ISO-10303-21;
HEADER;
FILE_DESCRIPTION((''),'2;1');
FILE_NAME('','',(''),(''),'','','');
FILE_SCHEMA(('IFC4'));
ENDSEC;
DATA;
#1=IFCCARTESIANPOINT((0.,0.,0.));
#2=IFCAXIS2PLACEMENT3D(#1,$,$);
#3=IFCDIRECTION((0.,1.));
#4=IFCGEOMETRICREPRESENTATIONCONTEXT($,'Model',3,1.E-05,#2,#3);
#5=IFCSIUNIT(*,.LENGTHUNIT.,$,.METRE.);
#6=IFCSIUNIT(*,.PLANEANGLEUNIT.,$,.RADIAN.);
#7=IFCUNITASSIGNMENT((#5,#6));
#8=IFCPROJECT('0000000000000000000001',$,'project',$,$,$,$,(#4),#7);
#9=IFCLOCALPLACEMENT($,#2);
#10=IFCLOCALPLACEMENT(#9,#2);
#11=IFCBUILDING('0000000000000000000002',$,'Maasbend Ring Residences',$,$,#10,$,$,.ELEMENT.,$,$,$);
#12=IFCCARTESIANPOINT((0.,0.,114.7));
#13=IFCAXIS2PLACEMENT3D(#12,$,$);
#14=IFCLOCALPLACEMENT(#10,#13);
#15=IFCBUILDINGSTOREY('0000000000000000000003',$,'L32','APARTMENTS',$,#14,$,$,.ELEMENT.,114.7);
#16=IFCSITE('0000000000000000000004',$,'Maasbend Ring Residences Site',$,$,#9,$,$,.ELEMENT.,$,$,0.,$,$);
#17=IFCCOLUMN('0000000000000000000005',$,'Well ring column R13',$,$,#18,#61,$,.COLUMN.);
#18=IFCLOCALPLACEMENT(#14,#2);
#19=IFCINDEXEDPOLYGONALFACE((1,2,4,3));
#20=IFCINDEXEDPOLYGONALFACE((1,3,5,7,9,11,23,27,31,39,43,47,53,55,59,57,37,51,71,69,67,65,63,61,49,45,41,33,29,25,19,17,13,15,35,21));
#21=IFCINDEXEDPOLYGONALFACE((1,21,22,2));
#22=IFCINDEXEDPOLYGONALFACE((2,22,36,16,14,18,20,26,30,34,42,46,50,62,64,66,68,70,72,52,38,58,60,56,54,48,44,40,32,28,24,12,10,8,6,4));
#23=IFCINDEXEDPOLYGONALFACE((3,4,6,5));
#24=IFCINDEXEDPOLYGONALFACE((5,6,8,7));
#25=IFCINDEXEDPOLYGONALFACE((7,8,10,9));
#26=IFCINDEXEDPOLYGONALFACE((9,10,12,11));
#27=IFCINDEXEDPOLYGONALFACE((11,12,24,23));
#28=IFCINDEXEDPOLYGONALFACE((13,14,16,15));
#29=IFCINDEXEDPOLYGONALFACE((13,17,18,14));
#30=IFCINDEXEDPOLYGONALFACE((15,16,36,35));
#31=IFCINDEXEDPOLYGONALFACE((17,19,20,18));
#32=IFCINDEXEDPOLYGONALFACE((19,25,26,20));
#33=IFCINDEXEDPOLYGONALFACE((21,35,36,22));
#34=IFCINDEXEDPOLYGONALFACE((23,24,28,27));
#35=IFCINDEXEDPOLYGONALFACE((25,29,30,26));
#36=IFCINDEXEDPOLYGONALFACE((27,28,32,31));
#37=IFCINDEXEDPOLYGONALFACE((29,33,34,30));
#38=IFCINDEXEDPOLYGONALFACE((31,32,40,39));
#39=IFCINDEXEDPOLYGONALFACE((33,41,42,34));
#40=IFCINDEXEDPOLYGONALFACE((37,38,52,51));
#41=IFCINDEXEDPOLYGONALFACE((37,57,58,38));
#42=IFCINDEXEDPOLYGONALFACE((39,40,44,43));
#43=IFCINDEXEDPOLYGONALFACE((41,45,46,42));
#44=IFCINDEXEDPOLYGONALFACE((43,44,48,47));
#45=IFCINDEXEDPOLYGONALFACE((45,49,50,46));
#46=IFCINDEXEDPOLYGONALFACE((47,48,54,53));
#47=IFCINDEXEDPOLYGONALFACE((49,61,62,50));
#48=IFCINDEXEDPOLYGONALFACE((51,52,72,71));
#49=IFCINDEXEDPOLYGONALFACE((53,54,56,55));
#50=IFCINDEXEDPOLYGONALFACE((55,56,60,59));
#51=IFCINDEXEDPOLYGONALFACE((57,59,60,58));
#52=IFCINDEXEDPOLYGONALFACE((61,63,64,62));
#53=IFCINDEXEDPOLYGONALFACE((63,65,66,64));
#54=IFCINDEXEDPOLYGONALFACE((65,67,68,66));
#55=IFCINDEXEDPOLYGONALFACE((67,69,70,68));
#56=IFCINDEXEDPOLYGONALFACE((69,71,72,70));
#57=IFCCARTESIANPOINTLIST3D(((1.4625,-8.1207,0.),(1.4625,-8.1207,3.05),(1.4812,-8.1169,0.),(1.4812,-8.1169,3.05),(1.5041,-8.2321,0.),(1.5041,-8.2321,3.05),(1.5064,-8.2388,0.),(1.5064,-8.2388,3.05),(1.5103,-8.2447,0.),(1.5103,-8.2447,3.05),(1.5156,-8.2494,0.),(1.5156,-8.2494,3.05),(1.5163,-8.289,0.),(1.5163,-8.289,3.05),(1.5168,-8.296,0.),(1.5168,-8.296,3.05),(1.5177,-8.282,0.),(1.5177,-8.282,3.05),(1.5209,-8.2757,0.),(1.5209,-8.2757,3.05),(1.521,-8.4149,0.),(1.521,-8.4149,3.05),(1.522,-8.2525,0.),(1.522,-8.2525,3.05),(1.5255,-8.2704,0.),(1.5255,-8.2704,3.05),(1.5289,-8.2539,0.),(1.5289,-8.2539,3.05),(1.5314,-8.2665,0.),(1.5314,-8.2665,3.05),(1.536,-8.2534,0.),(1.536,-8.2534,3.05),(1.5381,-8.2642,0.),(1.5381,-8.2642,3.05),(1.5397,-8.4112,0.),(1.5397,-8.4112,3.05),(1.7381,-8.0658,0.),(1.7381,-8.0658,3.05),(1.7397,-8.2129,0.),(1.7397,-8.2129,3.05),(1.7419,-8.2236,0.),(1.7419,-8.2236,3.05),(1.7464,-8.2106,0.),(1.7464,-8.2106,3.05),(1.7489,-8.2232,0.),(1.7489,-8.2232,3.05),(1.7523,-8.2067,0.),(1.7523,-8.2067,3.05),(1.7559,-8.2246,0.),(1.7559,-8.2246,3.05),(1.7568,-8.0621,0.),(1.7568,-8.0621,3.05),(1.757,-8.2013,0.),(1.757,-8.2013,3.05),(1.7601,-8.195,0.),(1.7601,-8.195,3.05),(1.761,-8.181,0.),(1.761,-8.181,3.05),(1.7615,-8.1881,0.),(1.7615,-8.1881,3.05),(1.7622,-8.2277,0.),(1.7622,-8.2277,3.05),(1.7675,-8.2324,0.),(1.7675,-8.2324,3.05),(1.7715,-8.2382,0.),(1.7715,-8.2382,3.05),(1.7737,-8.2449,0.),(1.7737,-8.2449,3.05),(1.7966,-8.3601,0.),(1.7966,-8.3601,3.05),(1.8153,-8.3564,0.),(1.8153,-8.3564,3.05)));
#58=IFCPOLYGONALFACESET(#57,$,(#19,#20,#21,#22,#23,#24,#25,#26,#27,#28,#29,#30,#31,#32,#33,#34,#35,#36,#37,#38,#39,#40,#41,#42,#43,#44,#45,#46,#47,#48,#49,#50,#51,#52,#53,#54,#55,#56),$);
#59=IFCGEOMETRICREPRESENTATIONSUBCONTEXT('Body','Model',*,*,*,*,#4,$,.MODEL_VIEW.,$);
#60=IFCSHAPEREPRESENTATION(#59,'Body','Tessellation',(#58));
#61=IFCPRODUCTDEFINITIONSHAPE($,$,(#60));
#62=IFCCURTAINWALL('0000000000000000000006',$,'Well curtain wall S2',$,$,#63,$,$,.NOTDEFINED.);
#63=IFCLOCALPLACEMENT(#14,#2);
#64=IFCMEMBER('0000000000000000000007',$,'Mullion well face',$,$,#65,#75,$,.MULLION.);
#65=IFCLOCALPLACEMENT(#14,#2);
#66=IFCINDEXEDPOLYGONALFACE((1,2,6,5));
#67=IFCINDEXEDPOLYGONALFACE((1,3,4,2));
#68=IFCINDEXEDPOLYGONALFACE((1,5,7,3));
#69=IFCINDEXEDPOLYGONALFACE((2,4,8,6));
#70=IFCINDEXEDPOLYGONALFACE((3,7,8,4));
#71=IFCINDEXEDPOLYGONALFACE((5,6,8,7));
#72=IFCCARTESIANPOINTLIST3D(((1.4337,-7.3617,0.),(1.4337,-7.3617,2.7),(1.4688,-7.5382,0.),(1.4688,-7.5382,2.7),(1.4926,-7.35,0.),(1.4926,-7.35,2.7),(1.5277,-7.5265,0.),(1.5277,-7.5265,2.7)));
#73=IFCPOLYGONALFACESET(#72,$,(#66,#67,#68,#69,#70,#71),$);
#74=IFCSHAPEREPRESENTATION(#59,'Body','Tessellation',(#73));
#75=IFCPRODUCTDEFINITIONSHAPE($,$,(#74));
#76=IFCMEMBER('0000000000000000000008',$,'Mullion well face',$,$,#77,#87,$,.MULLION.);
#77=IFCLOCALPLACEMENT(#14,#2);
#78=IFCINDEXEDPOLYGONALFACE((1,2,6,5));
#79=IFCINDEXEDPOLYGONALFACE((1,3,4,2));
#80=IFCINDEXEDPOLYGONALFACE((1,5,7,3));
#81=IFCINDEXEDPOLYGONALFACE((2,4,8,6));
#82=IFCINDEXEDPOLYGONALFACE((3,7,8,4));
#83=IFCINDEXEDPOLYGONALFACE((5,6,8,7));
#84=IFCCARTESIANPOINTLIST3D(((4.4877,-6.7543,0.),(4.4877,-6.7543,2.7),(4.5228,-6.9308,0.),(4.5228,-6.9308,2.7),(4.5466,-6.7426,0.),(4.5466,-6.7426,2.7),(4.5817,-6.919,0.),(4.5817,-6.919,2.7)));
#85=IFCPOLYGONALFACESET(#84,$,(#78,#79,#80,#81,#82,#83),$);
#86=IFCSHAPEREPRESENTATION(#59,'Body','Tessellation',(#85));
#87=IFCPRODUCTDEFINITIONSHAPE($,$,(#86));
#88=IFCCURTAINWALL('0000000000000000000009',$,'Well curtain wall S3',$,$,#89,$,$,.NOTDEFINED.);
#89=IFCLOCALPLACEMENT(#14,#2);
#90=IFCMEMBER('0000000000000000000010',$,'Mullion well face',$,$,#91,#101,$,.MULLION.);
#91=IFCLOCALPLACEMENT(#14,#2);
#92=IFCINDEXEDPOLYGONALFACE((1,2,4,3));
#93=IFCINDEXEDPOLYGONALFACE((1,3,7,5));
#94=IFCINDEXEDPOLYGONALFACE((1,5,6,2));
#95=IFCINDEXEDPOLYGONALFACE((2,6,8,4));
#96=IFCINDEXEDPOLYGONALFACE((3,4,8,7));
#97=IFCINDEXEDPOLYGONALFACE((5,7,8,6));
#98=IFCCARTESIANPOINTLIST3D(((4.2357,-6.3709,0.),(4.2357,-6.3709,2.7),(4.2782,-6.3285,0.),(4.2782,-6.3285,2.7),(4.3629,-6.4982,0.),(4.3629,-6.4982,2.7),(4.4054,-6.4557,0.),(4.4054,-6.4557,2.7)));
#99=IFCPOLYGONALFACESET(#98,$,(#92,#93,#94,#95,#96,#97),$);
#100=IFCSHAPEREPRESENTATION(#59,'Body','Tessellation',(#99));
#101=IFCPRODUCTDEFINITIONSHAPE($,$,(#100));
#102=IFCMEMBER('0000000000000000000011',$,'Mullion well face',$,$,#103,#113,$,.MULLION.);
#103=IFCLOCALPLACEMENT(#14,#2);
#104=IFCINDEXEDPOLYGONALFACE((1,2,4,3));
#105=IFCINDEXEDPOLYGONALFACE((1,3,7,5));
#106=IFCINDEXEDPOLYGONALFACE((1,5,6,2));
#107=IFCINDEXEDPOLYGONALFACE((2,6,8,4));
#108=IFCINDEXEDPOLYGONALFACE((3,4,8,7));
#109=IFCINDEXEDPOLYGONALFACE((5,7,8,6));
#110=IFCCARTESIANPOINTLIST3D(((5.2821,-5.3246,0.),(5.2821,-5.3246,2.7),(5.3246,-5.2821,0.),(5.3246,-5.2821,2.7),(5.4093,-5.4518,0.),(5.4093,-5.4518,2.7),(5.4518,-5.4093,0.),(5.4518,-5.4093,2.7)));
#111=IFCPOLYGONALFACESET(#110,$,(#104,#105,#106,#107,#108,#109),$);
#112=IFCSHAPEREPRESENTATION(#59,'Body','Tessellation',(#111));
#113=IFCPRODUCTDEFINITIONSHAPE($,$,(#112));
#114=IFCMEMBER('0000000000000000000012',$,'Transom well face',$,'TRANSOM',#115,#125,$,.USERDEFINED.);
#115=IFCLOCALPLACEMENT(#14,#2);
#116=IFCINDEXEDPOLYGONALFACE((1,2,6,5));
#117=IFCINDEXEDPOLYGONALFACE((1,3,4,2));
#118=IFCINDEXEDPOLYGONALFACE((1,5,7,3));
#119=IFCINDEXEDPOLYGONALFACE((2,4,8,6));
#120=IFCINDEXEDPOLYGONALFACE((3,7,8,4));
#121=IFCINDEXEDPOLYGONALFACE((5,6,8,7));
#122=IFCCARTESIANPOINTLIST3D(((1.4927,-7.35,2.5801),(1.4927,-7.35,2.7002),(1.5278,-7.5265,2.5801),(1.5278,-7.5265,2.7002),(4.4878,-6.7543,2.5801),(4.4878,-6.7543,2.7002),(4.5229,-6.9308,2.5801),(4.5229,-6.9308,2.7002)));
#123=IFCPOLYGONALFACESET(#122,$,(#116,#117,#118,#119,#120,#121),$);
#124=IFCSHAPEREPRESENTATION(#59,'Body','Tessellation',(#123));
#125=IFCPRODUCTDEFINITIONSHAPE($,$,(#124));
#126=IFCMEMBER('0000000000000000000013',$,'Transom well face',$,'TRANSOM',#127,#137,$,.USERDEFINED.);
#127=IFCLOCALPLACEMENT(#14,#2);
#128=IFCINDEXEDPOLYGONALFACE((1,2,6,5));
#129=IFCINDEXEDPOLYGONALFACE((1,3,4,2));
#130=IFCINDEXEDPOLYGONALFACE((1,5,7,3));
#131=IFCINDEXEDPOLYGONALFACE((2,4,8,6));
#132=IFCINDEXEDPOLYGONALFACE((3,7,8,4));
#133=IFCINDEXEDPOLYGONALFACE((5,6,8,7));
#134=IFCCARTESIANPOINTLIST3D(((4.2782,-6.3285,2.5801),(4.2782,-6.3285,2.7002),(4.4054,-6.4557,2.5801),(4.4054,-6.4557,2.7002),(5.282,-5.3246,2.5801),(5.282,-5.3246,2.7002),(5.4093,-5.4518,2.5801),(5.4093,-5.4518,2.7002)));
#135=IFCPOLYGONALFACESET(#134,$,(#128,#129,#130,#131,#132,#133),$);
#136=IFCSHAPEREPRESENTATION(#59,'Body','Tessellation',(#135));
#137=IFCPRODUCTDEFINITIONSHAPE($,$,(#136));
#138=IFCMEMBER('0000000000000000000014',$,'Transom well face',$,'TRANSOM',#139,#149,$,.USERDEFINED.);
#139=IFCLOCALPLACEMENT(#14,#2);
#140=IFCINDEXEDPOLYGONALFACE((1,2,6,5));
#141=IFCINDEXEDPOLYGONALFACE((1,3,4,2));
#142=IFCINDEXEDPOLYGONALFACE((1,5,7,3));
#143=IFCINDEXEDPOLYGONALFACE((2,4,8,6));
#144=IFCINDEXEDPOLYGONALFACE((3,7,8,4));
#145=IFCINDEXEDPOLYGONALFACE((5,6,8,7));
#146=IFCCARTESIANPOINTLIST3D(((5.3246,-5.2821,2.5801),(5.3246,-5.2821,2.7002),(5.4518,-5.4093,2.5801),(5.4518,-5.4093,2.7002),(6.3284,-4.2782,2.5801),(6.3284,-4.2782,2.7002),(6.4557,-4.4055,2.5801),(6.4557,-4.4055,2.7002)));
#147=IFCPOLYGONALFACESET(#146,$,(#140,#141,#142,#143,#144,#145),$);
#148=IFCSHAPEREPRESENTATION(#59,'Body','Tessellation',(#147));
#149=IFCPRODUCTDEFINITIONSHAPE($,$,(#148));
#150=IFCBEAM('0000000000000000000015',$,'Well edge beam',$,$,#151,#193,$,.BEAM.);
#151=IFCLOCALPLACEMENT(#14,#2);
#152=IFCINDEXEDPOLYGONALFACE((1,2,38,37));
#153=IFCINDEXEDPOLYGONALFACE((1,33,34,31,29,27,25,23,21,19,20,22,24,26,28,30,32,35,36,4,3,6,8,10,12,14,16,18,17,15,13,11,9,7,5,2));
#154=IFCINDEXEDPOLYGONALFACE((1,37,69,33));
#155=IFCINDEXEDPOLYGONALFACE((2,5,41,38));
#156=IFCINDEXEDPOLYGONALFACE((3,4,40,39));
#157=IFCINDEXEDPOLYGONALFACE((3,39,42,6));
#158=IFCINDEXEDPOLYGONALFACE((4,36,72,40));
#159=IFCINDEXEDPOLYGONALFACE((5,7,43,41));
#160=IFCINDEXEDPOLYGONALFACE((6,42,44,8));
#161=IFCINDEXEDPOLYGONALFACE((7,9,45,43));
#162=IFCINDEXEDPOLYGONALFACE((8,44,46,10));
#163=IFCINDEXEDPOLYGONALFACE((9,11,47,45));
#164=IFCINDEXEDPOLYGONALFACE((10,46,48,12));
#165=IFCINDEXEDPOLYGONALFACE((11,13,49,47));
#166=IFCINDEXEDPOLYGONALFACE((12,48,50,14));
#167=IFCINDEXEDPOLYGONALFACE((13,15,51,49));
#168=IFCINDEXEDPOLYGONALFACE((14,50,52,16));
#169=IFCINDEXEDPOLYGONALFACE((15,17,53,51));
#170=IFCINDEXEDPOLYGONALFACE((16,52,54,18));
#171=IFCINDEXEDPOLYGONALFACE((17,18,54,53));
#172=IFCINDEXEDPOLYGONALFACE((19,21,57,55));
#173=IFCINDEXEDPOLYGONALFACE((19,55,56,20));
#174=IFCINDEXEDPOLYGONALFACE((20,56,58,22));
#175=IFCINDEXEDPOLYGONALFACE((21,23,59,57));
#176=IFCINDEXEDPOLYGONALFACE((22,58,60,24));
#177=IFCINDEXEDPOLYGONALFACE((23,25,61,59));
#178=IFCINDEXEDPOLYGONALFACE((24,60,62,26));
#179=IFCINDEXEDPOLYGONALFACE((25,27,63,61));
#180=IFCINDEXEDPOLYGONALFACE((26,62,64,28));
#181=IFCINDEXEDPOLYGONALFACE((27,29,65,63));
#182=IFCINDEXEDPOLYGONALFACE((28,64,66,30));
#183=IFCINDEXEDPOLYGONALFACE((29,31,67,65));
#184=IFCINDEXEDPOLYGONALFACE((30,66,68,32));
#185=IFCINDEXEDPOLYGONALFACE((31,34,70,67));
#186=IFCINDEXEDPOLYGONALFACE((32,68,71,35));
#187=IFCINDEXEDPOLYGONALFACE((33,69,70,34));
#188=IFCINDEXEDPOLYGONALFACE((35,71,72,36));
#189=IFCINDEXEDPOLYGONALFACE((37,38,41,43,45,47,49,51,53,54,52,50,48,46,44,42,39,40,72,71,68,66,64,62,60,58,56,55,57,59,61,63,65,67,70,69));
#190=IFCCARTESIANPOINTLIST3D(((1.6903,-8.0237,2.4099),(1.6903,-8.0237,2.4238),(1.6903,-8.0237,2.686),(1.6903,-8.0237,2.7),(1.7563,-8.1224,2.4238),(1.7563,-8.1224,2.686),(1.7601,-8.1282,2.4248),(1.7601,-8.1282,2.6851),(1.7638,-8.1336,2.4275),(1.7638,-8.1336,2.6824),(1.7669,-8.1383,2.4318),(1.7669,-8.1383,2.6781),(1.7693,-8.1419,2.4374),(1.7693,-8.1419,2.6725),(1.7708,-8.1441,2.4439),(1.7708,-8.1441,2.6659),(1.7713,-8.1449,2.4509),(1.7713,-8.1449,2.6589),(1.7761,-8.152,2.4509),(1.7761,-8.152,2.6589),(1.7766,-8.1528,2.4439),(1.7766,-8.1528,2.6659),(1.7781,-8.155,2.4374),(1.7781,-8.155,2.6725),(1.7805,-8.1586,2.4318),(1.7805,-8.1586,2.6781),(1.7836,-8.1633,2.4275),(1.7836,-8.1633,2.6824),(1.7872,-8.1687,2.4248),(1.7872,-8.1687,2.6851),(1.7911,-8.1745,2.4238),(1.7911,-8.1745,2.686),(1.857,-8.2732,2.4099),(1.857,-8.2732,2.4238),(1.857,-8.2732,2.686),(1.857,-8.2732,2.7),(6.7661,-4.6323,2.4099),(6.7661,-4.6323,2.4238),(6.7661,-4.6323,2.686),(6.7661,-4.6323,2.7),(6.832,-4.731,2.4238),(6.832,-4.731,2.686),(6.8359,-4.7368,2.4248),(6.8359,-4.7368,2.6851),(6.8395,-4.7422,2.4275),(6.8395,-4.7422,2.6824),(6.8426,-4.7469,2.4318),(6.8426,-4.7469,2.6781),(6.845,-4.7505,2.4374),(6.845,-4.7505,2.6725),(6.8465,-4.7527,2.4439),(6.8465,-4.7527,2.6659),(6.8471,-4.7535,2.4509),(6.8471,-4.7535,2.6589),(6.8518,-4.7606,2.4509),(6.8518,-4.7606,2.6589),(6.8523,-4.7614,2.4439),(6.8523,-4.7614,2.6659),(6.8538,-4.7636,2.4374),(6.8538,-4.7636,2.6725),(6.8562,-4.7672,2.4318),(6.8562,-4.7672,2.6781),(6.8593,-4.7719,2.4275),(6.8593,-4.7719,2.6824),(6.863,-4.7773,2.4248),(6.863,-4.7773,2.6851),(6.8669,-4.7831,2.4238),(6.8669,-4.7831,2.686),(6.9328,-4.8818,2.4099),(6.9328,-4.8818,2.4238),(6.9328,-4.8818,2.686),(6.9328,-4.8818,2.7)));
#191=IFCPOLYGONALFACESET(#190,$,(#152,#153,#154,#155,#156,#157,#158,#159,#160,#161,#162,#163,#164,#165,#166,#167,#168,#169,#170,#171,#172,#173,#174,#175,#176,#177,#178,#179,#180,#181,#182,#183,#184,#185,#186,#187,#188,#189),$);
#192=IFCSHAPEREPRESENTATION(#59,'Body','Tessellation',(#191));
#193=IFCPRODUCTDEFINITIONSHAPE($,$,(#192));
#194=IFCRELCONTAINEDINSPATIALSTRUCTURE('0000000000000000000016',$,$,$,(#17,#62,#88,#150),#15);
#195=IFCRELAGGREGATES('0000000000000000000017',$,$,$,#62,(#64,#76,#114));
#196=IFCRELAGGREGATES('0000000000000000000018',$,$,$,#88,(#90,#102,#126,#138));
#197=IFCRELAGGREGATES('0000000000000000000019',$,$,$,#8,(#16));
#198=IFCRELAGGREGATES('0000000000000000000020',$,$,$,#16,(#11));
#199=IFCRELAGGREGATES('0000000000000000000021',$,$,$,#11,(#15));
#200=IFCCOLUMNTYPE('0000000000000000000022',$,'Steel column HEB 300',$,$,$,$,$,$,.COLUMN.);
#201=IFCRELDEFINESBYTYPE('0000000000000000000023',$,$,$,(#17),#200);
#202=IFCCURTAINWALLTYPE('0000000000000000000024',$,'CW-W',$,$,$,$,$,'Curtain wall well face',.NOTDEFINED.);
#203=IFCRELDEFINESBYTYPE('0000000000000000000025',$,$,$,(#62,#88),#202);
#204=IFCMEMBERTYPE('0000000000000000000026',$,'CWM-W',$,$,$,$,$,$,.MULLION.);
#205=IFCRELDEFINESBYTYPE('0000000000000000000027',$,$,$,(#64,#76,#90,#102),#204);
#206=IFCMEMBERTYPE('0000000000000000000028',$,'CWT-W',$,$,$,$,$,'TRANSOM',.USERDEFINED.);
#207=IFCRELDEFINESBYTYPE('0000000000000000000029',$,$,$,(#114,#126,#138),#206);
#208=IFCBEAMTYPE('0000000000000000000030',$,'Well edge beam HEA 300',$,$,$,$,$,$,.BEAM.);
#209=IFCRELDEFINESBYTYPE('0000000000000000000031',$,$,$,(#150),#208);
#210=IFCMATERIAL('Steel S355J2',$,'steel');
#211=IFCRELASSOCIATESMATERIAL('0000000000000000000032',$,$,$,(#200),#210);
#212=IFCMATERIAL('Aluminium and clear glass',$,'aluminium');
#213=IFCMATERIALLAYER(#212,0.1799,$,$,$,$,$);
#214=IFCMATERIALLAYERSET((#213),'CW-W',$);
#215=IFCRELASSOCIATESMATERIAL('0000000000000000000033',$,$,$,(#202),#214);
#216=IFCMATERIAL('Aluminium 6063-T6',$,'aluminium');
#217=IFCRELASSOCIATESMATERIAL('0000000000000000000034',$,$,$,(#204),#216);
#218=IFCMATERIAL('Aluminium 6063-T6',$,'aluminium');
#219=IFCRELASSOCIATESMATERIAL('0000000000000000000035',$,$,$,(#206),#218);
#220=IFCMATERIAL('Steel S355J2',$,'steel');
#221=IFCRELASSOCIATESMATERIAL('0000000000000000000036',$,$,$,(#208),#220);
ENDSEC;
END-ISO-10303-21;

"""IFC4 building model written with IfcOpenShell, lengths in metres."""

from ifc_helpers import new_model, si_unit, direction, frame, origin, origin_2d, place, context, subcontext, project, spatial, rectangle, i_section, extrude, material, layer, layer_set, material_profile, profile_set, type_object, element, aggregate, save


model = new_model("IFC4")

# Units and contexts
model_context = context("Model", 3, precision=1e-05, world=origin(), true_north=direction((0.0, 1.0)))
body_context = subcontext(model_context, "Body", "Model", "MODEL_VIEW")
ifc_project = project(units=[si_unit("LENGTHUNIT", "METRE"), si_unit("PLANEANGLEUNIT", "RADIAN")], contexts=[model_context])

# Site, building, storey
site_placement = place(None, origin())
site = spatial("IfcSite", under=ifc_project, at=site_placement, Name="Maasbend Ring Residences Site", CompositionType="ELEMENT", RefElevation=0.0)
building_placement = place(site_placement, origin())
building = spatial("IfcBuilding", under=site, at=building_placement, Name="Maasbend Ring Residences", CompositionType="ELEMENT")
storey_placement = place(building_placement, frame((0.0, 0.0, 114.7)))
storey = spatial("IfcBuildingStorey", under=building, at=storey_placement, Name="L32", Description="APARTMENTS", CompositionType="ELEMENT", Elevation=114.7)

# Column
ifc_material_1 = material(Name="Steel S355J2", Category="steel")
ifc_material_profile_1 = material_profile(ifc_material_1, i_section(OverallWidth=0.3, OverallDepth=0.3, WebThickness=0.011, FlangeThickness=0.019, FilletRadius=0.0271, at=origin_2d()), Name="HEB 300")
ifc_profile_set_1 = profile_set([ifc_material_profile_1], Name="Steel S355J2")
column_type = type_object("IfcColumnType", Name="Steel column HEB 300", PredefinedType="COLUMN", material=ifc_profile_set_1)
column_placement = place(storey_placement, frame((1.6389, -8.2385, 0.0), z_axis=(0.0, 0.0, 1.0), x_axis=(0.19509, -0.980785, 0.0)))
element("IfcColumn", 1, at=column_placement, inside=storey, type_object=column_type, Name="Well ring column R13", PredefinedType="COLUMN", context=body_context, shape_type="SweptSolid", body=[
    extrude(i_section(OverallWidth=0.3, OverallDepth=0.3, WebThickness=0.011, FlangeThickness=0.019, FilletRadius=0.0271, at=origin_2d()), origin(), (0.0, 0.0, 1.0), 3.05),
])

# Curtain walls, members
ifc_material_2 = material(Name="Aluminium and clear glass", Category="aluminium")
ifc_layer_1 = layer(ifc_material_2, 0.1799)
ifc_layer_set_1 = layer_set([ifc_layer_1], Name="CW-W")
curtain_wall_type = type_object("IfcCurtainWallType", Name="CW-W", ElementType="Curtain wall well face", PredefinedType="NOTDEFINED", material=ifc_layer_set_1)
curtain_wall_1_placement = place(storey_placement, origin())
curtain_wall_1 = element("IfcCurtainWall", 2, at=curtain_wall_1_placement, inside=storey, type_object=curtain_wall_type, Name="Well curtain wall S2", PredefinedType="NOTDEFINED")
ifc_material_3 = material(Name="Aluminium 6063-T6", Category="aluminium")
ifc_material_profile_2 = material_profile(ifc_material_3, rectangle(XDim=0.1799, YDim=0.0601, at=origin_2d()), Name="AL 180x60")
ifc_profile_set_2 = profile_set([ifc_material_profile_2], Name="Aluminium 6063-T6")
member_type_1 = type_object("IfcMemberType", Name="CWM-W", PredefinedType="MULLION", material=ifc_profile_set_2)
member_1_placement = place(storey_placement, frame((1.4807, -7.4441, 0.0), z_axis=(0.0, 0.0, 1.0), x_axis=(-0.19509, 0.980785, 0.0)))
member_1 = element("IfcMember", 3, at=member_1_placement, type_object=member_type_1, Name="Mullion well face", PredefinedType="MULLION", context=body_context, shape_type="SweptSolid", body=[
    extrude(rectangle(XDim=0.1799, YDim=0.0601, at=origin_2d()), origin(), (0.0, 0.0, 1.0), 2.7),
])
member_2_placement = place(storey_placement, frame((4.5347, -6.8367, 0.0), z_axis=(0.0, 0.0, 1.0), x_axis=(-0.19509, 0.980785, 0.0)))
member_2 = element("IfcMember", 4, at=member_2_placement, type_object=member_type_1, Name="Mullion well face", PredefinedType="MULLION", context=body_context, shape_type="SweptSolid", body=[
    extrude(rectangle(XDim=0.1799, YDim=0.0601, at=origin_2d()), origin(), (0.0, 0.0, 1.0), 2.7),
])
curtain_wall_2_placement = place(storey_placement, origin())
curtain_wall_2 = element("IfcCurtainWall", 5, at=curtain_wall_2_placement, inside=storey, type_object=curtain_wall_type, Name="Well curtain wall S3", PredefinedType="NOTDEFINED")
member_3_placement = place(storey_placement, frame((4.3206, -6.4133, 0.0), z_axis=(0.0, 0.0, 1.0), x_axis=(-0.707107, 0.707107, 0.0)))
member_3 = element("IfcMember", 6, at=member_3_placement, type_object=member_type_1, Name="Mullion well face", PredefinedType="MULLION", context=body_context, shape_type="SweptSolid", body=[
    extrude(rectangle(XDim=0.1799, YDim=0.0601, at=origin_2d()), origin(), (0.0, 0.0, 1.0), 2.7),
])
member_4_placement = place(storey_placement, frame((5.3669, -5.3669, 0.0), z_axis=(0.0, 0.0, 1.0), x_axis=(-0.707107, 0.707107, 0.0)))
member_4 = element("IfcMember", 7, at=member_4_placement, type_object=member_type_1, Name="Mullion well face", PredefinedType="MULLION", context=body_context, shape_type="SweptSolid", body=[
    extrude(rectangle(XDim=0.1799, YDim=0.0601, at=origin_2d()), origin(), (0.0, 0.0, 1.0), 2.7),
])

# Members
ifc_material_4 = material(Name="Aluminium 6063-T6", Category="aluminium")
ifc_material_profile_3 = material_profile(ifc_material_4, rectangle(XDim=0.1799, YDim=0.1201, at=origin_2d()), Name="AL 180x120")
ifc_profile_set_3 = profile_set([ifc_material_profile_3], Name="Aluminium 6063-T6")
member_type_2 = type_object("IfcMemberType", Name="CWT-W", ElementType="TRANSOM", PredefinedType="USERDEFINED", material=ifc_profile_set_3)
member_5_placement = place(storey_placement, frame((1.5103, -7.4382, 2.6401), z_axis=(0.980789, 0.195071, 0.0), x_axis=(-0.195071, 0.980789, 0.0)))
member_5 = element("IfcMember", 8, at=member_5_placement, type_object=member_type_2, Name="Transom well face", ObjectType="TRANSOM", PredefinedType="USERDEFINED", context=body_context, shape_type="SweptSolid", body=[
    extrude(rectangle(XDim=0.1799, YDim=0.1201, at=origin_2d()), origin(), (0.0, 0.0, 1.0), 3.0537),
])
member_6_placement = place(storey_placement, frame((4.3418, -6.3921, 2.6401), z_axis=(0.707107, 0.707107, 0.0), x_axis=(-0.707107, 0.707107, 0.0)))
member_6 = element("IfcMember", 9, at=member_6_placement, type_object=member_type_2, Name="Transom well face", ObjectType="TRANSOM", PredefinedType="USERDEFINED", context=body_context, shape_type="SweptSolid", body=[
    extrude(rectangle(XDim=0.1799, YDim=0.1201, at=origin_2d()), origin(), (0.0, 0.0, 1.0), 1.4197),
])
member_7_placement = place(storey_placement, frame((5.3882, -5.3457, 2.6401), z_axis=(0.707107, 0.707107, 0.0), x_axis=(-0.707107, 0.707107, 0.0)))
member_7 = element("IfcMember", 10, at=member_7_placement, type_object=member_type_2, Name="Transom well face", ObjectType="TRANSOM", PredefinedType="USERDEFINED", context=body_context, shape_type="SweptSolid", body=[
    extrude(rectangle(XDim=0.1799, YDim=0.1201, at=origin_2d()), origin(), (0.0, 0.0, 1.0), 1.4197),
])

# Beam
ifc_material_5 = material(Name="Steel S355J2", Category="steel")
ifc_material_profile_4 = material_profile(ifc_material_5, i_section(OverallWidth=0.3, OverallDepth=0.29, WebThickness=0.0085, FlangeThickness=0.0139, FilletRadius=0.0271, at=origin_2d()), Name="HEA 300")
ifc_profile_set_4 = profile_set([ifc_material_profile_4], Name="Steel S355J2")
beam_type = type_object("IfcBeamType", Name="Well edge beam HEA 300", PredefinedType="BEAM", material=ifc_profile_set_4)
beam_placement = place(storey_placement, frame((1.7737, -8.1484, 2.5549), z_axis=(0.831478, 0.555558, 0.0), x_axis=(-0.555558, 0.831478, 0.0)))
element("IfcBeam", 11, at=beam_placement, inside=storey, type_object=beam_type, Name="Well edge beam", PredefinedType="BEAM", context=body_context, shape_type="SweptSolid", body=[
    extrude(i_section(OverallWidth=0.3, OverallDepth=0.29, WebThickness=0.0085, FlangeThickness=0.0139, FilletRadius=0.0271, at=origin_2d()), origin(), (0.0, 0.0, 1.0), 6.1045),
])

aggregate(curtain_wall_1, [member_1, member_2, member_5])
aggregate(curtain_wall_2, [member_3, member_4, member_6, member_7])

save(model, "model.ifc")
